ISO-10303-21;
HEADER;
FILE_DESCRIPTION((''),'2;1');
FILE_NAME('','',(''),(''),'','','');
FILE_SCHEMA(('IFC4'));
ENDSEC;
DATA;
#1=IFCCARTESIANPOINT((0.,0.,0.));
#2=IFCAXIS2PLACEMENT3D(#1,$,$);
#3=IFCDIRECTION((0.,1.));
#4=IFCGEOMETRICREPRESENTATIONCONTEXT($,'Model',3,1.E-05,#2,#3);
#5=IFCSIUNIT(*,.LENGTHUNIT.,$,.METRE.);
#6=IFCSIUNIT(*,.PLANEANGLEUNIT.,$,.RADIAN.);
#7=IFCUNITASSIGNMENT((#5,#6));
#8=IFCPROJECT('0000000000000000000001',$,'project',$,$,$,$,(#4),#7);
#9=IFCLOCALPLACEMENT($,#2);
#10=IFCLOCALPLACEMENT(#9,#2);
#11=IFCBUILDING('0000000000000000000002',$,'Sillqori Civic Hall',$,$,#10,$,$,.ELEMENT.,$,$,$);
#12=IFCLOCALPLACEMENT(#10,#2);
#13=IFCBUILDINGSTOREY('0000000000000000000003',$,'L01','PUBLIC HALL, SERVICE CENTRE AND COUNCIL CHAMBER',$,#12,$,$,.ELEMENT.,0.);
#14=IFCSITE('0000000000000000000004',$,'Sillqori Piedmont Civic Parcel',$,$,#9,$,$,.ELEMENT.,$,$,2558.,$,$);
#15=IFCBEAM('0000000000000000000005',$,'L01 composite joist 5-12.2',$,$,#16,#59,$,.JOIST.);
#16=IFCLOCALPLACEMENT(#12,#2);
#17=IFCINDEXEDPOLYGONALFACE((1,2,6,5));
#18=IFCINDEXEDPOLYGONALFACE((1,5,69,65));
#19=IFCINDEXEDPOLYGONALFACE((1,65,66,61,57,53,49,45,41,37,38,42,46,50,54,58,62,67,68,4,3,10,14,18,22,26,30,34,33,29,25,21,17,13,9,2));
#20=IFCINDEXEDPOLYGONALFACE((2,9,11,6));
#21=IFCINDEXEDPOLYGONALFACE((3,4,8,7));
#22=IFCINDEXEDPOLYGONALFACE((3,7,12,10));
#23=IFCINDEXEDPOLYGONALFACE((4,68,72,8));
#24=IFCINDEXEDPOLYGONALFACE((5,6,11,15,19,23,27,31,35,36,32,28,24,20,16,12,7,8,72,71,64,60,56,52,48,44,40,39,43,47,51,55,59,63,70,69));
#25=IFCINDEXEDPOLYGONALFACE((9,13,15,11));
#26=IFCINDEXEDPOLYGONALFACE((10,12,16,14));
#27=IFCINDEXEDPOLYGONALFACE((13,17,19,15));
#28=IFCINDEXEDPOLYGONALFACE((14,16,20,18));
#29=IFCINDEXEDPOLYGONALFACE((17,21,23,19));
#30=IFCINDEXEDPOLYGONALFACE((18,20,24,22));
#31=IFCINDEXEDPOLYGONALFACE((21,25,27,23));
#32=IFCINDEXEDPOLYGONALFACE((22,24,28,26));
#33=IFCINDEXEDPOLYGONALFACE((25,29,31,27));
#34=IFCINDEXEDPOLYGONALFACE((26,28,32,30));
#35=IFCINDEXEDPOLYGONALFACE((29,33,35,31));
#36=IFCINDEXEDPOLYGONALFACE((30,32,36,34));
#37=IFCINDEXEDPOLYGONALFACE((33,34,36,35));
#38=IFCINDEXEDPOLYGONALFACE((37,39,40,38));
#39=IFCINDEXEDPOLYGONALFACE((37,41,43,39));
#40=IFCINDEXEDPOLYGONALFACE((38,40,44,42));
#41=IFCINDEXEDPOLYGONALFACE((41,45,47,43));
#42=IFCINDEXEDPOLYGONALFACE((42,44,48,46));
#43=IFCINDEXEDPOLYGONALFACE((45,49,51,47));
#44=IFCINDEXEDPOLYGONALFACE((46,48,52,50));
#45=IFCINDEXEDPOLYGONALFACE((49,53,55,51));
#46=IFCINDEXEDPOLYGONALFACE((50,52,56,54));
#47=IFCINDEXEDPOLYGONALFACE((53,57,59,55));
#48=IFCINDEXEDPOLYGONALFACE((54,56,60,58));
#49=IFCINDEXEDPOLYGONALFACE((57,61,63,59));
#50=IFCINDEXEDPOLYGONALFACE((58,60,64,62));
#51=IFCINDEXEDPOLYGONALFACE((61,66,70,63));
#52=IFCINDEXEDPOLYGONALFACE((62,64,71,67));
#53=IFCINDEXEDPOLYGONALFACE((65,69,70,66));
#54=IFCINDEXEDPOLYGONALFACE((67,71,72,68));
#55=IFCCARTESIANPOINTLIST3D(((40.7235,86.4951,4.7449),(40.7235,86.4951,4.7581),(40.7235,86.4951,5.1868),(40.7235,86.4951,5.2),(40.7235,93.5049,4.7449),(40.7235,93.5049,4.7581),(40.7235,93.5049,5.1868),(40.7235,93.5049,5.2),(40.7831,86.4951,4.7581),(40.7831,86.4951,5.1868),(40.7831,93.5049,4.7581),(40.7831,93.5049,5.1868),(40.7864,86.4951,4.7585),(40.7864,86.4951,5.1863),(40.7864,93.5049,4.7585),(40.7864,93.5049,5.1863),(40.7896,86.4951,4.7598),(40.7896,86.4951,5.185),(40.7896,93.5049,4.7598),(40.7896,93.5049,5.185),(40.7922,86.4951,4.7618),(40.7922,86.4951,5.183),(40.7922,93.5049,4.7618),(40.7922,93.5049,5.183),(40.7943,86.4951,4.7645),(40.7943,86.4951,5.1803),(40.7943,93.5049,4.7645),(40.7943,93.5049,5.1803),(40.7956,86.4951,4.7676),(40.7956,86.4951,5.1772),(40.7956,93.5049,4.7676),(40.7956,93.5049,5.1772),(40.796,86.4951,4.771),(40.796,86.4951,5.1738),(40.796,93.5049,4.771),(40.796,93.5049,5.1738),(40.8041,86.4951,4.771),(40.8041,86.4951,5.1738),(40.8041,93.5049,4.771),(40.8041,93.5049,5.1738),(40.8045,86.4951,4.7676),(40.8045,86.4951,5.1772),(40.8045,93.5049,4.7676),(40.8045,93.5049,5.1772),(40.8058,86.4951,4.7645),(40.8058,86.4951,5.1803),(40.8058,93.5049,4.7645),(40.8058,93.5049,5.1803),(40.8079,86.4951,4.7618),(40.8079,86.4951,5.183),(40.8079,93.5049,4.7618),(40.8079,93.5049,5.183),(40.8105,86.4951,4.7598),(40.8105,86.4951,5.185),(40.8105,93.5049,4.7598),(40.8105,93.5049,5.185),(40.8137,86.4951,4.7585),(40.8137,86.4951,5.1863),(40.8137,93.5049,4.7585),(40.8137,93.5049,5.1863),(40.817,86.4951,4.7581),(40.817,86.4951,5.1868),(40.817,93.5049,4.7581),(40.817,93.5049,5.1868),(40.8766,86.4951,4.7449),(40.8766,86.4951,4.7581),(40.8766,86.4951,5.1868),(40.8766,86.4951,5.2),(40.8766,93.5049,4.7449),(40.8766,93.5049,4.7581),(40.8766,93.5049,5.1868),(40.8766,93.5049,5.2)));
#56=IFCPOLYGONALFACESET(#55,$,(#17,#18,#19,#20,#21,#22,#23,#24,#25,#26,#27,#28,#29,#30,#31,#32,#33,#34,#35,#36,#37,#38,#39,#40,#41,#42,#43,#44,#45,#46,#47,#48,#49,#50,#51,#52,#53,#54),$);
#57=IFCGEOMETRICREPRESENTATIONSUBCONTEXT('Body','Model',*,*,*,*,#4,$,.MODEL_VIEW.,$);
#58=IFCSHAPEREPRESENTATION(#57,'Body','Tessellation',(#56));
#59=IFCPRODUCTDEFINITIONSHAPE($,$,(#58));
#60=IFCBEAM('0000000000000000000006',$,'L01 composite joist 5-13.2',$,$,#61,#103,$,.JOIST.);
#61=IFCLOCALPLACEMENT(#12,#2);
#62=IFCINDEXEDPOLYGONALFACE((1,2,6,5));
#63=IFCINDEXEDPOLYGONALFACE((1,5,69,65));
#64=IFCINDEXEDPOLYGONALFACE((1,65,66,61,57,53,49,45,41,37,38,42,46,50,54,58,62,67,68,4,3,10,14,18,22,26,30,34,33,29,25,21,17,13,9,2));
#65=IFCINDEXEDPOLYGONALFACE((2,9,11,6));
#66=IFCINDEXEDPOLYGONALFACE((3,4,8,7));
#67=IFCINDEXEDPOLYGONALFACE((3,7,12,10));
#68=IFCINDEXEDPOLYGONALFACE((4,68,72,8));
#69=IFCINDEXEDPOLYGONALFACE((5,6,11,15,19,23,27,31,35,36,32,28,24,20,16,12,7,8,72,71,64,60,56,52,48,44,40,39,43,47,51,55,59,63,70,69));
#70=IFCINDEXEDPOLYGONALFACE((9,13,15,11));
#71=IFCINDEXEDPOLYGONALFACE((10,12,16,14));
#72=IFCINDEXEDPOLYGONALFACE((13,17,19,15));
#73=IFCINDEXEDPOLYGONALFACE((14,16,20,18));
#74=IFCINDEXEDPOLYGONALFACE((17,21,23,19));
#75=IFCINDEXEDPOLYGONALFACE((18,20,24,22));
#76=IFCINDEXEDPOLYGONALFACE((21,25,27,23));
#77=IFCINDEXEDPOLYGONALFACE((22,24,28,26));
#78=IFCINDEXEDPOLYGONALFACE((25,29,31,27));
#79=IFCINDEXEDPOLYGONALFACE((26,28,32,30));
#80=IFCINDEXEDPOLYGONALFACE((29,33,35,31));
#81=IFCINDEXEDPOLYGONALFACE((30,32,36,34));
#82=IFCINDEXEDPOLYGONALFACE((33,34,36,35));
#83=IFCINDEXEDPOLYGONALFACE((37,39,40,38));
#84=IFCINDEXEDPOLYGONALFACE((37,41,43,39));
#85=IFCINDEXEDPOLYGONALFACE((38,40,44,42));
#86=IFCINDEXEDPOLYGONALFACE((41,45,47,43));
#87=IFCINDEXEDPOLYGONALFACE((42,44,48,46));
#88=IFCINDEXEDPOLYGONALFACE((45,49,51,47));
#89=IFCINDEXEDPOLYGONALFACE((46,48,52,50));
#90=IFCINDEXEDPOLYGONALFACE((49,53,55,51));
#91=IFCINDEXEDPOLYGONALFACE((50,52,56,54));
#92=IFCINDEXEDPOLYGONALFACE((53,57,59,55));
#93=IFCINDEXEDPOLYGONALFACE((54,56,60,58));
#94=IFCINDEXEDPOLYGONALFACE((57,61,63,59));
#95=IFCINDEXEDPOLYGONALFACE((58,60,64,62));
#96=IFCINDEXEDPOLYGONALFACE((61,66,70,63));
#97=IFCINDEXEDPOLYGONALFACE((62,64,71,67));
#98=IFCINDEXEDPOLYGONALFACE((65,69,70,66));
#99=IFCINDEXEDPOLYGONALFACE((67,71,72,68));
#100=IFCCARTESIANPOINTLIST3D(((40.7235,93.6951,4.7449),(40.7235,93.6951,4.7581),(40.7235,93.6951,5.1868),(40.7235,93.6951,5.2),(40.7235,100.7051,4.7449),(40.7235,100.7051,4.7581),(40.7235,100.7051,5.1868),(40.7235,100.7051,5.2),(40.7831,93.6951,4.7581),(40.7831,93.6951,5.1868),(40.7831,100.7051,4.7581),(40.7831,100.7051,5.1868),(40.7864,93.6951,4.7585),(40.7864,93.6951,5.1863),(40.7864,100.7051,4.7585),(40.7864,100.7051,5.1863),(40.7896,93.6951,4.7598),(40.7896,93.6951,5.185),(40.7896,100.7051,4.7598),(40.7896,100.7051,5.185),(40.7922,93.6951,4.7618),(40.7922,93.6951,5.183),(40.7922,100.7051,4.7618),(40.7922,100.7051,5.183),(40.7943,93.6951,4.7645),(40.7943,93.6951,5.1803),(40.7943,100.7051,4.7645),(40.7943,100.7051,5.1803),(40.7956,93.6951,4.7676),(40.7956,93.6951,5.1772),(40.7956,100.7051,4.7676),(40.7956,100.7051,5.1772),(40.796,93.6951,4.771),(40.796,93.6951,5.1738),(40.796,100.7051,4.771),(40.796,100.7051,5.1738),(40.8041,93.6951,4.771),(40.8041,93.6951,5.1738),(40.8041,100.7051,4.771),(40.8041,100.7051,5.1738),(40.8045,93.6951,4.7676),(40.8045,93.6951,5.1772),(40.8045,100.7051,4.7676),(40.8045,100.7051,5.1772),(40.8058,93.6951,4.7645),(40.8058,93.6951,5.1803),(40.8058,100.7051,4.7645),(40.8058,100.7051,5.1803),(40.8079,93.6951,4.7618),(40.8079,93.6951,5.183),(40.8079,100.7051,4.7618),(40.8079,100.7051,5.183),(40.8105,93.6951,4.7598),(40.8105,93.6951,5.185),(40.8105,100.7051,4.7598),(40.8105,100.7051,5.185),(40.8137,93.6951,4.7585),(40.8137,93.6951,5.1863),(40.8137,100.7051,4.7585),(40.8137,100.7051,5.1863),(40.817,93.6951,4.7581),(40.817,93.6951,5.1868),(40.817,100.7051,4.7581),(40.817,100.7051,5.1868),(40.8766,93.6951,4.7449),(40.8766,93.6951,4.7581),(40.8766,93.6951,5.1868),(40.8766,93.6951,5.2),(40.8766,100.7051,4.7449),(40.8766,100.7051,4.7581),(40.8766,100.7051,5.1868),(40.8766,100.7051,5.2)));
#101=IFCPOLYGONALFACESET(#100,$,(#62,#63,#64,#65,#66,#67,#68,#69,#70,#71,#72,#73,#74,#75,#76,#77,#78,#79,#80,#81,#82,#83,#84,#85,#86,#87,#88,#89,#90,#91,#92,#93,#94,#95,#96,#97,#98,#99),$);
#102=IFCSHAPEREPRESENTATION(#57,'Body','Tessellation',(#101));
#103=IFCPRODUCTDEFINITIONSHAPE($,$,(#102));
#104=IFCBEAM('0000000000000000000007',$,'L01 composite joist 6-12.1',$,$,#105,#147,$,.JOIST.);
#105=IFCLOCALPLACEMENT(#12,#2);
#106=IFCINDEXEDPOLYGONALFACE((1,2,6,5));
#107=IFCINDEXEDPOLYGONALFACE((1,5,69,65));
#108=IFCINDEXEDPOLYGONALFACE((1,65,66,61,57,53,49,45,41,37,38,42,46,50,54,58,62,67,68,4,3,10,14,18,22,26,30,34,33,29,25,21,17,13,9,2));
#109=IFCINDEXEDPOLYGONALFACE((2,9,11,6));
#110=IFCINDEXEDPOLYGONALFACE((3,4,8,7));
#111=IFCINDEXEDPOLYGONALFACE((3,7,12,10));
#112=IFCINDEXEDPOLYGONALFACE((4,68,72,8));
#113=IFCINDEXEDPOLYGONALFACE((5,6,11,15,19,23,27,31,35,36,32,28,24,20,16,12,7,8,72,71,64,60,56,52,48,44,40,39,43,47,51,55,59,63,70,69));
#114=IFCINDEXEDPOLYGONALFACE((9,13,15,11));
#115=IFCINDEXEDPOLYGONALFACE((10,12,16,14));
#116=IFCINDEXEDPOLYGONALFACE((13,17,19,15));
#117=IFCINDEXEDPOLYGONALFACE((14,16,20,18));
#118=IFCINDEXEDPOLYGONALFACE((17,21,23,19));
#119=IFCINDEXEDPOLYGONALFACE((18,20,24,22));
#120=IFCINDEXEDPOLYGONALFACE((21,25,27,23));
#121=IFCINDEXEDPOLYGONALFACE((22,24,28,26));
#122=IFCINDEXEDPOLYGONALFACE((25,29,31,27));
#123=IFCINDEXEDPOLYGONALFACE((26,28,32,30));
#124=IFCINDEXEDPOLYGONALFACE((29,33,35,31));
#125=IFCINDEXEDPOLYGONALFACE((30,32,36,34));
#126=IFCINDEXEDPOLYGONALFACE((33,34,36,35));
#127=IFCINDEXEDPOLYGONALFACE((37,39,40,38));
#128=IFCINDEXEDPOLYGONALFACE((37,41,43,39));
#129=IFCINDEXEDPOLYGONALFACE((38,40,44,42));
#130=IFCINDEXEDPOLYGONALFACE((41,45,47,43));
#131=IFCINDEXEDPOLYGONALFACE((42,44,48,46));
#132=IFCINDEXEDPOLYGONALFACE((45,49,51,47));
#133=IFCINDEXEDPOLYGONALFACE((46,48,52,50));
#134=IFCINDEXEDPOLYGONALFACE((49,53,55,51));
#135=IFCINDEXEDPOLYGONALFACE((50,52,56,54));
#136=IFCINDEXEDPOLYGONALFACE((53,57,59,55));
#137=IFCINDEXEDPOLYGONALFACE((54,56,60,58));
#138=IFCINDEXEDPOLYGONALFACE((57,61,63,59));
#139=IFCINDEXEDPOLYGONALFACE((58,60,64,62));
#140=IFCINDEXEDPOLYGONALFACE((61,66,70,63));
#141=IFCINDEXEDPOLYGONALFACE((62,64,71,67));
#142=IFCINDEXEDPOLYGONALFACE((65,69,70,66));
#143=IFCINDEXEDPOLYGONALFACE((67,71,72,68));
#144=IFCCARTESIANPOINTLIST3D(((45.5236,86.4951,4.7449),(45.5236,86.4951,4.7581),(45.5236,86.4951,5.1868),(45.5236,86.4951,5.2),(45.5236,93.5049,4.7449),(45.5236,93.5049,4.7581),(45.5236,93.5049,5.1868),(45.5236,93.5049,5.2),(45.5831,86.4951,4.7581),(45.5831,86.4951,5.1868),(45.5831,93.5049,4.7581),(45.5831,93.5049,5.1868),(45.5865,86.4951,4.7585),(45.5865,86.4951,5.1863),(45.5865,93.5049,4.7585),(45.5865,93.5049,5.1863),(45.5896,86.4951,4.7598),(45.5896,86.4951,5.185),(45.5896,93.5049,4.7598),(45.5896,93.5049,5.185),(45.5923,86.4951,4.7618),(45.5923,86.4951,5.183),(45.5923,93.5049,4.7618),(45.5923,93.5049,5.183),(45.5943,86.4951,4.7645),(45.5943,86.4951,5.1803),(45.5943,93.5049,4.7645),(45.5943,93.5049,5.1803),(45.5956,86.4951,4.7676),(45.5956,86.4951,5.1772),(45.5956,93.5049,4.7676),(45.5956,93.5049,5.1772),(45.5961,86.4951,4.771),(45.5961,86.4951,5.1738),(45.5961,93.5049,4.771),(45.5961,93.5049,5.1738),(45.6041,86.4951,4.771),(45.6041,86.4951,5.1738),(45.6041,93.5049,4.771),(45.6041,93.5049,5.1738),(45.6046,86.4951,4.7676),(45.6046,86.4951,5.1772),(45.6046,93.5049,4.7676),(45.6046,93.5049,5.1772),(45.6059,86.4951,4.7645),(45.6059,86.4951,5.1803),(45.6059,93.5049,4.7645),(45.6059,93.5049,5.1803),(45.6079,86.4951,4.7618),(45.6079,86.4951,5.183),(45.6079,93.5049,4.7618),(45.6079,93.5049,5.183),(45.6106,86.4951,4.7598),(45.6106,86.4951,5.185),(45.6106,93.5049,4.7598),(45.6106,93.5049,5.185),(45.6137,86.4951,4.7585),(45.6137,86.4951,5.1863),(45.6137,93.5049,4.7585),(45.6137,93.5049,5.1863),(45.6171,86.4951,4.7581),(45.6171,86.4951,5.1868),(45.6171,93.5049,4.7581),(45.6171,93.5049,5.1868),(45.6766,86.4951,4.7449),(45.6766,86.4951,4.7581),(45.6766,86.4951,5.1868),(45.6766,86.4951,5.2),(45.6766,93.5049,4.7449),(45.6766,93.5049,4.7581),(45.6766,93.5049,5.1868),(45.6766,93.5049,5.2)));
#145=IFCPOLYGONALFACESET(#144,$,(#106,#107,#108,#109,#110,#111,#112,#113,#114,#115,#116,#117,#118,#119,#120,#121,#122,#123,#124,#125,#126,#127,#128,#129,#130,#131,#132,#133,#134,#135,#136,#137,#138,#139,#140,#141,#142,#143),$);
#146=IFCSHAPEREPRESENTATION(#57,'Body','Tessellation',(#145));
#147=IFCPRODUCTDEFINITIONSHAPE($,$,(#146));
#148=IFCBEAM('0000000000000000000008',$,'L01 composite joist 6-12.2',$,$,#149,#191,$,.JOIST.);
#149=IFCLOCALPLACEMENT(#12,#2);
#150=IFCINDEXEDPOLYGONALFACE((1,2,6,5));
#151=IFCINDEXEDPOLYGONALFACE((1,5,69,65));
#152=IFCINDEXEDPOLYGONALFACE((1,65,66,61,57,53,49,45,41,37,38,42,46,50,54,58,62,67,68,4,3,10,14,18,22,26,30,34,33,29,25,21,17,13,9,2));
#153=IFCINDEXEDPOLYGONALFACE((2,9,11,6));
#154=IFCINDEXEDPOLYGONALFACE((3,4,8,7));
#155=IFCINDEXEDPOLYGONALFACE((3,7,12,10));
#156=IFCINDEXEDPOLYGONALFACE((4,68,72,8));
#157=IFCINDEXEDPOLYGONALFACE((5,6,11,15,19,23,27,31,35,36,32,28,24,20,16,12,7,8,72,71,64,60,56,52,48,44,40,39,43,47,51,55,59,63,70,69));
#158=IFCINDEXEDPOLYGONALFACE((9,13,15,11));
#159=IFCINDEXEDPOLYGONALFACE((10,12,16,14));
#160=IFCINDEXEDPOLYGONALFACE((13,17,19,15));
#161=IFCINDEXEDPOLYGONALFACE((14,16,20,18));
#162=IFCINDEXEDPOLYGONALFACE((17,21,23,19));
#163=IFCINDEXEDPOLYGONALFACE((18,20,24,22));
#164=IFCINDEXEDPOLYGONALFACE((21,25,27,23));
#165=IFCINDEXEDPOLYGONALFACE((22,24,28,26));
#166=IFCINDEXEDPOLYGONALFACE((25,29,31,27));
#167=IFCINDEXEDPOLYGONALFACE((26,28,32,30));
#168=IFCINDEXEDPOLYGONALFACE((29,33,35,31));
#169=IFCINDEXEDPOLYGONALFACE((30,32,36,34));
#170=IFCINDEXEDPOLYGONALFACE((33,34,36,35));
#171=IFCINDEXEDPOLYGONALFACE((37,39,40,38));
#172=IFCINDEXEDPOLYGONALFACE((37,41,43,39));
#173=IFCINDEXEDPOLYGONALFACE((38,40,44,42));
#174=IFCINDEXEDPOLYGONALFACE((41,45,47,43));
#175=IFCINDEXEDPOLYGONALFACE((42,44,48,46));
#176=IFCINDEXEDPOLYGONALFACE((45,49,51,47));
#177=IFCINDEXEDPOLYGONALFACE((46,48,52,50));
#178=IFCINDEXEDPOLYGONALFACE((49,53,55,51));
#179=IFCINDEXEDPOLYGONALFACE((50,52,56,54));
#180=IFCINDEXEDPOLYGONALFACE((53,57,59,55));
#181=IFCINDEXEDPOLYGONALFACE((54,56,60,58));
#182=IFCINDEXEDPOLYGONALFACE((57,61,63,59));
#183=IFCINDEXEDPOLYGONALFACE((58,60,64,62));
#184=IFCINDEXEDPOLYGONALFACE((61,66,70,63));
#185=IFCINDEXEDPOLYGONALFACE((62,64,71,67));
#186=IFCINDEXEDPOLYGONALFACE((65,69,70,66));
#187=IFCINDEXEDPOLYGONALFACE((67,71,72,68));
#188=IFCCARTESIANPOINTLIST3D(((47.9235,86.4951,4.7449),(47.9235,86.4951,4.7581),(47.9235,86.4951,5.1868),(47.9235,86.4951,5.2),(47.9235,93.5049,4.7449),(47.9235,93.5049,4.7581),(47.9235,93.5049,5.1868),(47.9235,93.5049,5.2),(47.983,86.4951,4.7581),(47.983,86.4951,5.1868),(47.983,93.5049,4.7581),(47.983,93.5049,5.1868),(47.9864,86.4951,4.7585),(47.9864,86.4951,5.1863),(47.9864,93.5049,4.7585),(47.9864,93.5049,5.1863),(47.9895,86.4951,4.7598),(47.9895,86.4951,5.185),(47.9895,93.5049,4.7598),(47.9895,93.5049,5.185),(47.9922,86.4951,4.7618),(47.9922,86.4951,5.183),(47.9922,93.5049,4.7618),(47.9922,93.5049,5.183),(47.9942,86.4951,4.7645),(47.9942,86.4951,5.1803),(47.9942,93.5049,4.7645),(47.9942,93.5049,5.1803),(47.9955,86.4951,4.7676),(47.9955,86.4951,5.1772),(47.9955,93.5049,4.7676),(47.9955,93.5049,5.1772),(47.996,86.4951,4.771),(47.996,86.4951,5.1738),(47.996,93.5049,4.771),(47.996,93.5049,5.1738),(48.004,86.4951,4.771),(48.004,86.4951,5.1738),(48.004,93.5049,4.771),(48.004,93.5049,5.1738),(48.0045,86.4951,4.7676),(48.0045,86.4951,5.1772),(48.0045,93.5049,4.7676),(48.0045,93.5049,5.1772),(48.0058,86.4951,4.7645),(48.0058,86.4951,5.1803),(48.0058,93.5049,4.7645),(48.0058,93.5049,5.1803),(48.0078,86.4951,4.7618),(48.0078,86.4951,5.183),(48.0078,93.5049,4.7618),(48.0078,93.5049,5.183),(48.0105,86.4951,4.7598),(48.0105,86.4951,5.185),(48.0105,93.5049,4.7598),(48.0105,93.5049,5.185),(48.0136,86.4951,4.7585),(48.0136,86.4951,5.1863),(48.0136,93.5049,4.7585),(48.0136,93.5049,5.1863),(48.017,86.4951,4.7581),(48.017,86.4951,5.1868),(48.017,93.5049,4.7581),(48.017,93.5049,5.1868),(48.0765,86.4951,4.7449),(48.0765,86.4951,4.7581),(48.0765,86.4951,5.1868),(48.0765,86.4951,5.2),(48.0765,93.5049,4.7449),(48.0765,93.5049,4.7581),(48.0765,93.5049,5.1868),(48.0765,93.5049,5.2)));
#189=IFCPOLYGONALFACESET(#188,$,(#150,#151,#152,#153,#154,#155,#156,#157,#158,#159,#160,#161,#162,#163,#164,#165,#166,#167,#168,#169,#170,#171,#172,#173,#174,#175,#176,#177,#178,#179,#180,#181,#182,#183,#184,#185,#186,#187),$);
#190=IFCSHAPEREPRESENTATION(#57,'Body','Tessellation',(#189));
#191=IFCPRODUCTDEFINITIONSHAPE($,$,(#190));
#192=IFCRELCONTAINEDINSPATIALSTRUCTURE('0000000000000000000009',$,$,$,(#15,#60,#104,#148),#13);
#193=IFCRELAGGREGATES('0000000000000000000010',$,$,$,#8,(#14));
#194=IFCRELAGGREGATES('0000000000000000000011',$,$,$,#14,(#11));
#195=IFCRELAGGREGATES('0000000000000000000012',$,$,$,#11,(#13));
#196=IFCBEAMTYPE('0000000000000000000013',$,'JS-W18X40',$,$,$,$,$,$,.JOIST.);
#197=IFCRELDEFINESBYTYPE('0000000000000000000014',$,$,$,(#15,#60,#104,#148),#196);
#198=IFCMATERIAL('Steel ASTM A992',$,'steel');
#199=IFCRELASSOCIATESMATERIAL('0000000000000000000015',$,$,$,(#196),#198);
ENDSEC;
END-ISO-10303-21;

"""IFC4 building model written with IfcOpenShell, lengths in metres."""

from ifc_helpers import new_model, si_unit, direction, frame, origin, origin_2d, place, context, subcontext, project, spatial, i_section, extrude, material, material_profile, profile_set, type_object, element, save


model = new_model("IFC4")

# Units and contexts
model_context = context("Model", 3, precision=1e-05, world=origin(), true_north=direction((0.0, 1.0)))
body_context = subcontext(model_context, "Body", "Model", "MODEL_VIEW")
ifc_project = project(units=[si_unit("LENGTHUNIT", "METRE"), si_unit("PLANEANGLEUNIT", "RADIAN")], contexts=[model_context])

# Site, building, storey
site_placement = place(None, origin())
site = spatial("IfcSite", under=ifc_project, at=site_placement, Name="Sillqori Piedmont Civic Parcel", CompositionType="ELEMENT", RefElevation=2558.0)
building_placement = place(site_placement, origin())
building = spatial("IfcBuilding", under=site, at=building_placement, Name="Sillqori Civic Hall", CompositionType="ELEMENT")
storey_placement = place(building_placement, origin())
storey = spatial("IfcBuildingStorey", under=building, at=storey_placement, Name="L01", Description="PUBLIC HALL, SERVICE CENTRE AND COUNCIL CHAMBER", CompositionType="ELEMENT", Elevation=0.0)

# Shared definitions
ifc_material_1 = material(Name="Steel ASTM A992", Category="steel")

# Beams
ifc_material_profile_1 = material_profile(ifc_material_1, i_section(OverallWidth=0.1531, OverallDepth=0.4551, WebThickness=0.0081, FlangeThickness=0.0132, FilletRadius=0.0129, at=origin_2d()), Name="W18X40")
ifc_profile_set_1 = profile_set([ifc_material_profile_1], Name="Steel ASTM A992")
beam_type_1 = type_object("IfcBeamType", Name="JS-W18X40", PredefinedType="JOIST", material=ifc_profile_set_1)
beam_1_placement = place(storey_placement, frame((40.8, 86.4951, 4.9724), z_axis=(0.0, 1.0, 0.0), x_axis=(-1.0, 0.0, 0.0)))
element("IfcBeam", 1, at=beam_1_placement, inside=storey, type_object=beam_type_1, Name="L01 composite joist 5-12.2", PredefinedType="JOIST", context=body_context, shape_type="SweptSolid", body=[
    extrude(i_section(OverallWidth=0.1531, OverallDepth=0.4551, WebThickness=0.0081, FlangeThickness=0.0132, FilletRadius=0.0129, at=origin_2d()), origin(), (0.0, 0.0, 1.0), 7.0098),
])
beam_2_placement = place(storey_placement, frame((40.8, 93.6951, 4.9724), z_axis=(0.0, 1.0, 0.0), x_axis=(-1.0, 0.0, 0.0)))
element("IfcBeam", 2, at=beam_2_placement, inside=storey, type_object=beam_type_1, Name="L01 composite joist 5-13.2", PredefinedType="JOIST", context=body_context, shape_type="SweptSolid", body=[
    extrude(i_section(OverallWidth=0.1531, OverallDepth=0.4551, WebThickness=0.0081, FlangeThickness=0.0132, FilletRadius=0.0129, at=origin_2d()), origin(), (0.0, 0.0, 1.0), 7.01),
])
for number, where, z_axis, x_axis, name in (
    (3, (45.6001, 86.4951, 4.9724), (0.0, 1.0, 0.0), (-1.0, 0.0, 0.0), "L01 composite joist 6-12.1"),
    (4, (48.0, 86.4951, 4.9724), (0.0, 1.0, 0.0), (-1.0, 0.0, 0.0), "L01 composite joist 6-12.2"),
):
    element("IfcBeam", number, at=place(storey_placement, frame(where, z_axis=z_axis, x_axis=x_axis)), inside=storey, type_object=beam_type_1, Name=name, PredefinedType="JOIST", context=body_context, shape_type="SweptSolid", body=[
        extrude(i_section(OverallWidth=0.1531, OverallDepth=0.4551, WebThickness=0.0081, FlangeThickness=0.0132, FilletRadius=0.0129, at=origin_2d()), origin(), (0.0, 0.0, 1.0), 7.0098),
    ])

save(model, "model.ifc")
